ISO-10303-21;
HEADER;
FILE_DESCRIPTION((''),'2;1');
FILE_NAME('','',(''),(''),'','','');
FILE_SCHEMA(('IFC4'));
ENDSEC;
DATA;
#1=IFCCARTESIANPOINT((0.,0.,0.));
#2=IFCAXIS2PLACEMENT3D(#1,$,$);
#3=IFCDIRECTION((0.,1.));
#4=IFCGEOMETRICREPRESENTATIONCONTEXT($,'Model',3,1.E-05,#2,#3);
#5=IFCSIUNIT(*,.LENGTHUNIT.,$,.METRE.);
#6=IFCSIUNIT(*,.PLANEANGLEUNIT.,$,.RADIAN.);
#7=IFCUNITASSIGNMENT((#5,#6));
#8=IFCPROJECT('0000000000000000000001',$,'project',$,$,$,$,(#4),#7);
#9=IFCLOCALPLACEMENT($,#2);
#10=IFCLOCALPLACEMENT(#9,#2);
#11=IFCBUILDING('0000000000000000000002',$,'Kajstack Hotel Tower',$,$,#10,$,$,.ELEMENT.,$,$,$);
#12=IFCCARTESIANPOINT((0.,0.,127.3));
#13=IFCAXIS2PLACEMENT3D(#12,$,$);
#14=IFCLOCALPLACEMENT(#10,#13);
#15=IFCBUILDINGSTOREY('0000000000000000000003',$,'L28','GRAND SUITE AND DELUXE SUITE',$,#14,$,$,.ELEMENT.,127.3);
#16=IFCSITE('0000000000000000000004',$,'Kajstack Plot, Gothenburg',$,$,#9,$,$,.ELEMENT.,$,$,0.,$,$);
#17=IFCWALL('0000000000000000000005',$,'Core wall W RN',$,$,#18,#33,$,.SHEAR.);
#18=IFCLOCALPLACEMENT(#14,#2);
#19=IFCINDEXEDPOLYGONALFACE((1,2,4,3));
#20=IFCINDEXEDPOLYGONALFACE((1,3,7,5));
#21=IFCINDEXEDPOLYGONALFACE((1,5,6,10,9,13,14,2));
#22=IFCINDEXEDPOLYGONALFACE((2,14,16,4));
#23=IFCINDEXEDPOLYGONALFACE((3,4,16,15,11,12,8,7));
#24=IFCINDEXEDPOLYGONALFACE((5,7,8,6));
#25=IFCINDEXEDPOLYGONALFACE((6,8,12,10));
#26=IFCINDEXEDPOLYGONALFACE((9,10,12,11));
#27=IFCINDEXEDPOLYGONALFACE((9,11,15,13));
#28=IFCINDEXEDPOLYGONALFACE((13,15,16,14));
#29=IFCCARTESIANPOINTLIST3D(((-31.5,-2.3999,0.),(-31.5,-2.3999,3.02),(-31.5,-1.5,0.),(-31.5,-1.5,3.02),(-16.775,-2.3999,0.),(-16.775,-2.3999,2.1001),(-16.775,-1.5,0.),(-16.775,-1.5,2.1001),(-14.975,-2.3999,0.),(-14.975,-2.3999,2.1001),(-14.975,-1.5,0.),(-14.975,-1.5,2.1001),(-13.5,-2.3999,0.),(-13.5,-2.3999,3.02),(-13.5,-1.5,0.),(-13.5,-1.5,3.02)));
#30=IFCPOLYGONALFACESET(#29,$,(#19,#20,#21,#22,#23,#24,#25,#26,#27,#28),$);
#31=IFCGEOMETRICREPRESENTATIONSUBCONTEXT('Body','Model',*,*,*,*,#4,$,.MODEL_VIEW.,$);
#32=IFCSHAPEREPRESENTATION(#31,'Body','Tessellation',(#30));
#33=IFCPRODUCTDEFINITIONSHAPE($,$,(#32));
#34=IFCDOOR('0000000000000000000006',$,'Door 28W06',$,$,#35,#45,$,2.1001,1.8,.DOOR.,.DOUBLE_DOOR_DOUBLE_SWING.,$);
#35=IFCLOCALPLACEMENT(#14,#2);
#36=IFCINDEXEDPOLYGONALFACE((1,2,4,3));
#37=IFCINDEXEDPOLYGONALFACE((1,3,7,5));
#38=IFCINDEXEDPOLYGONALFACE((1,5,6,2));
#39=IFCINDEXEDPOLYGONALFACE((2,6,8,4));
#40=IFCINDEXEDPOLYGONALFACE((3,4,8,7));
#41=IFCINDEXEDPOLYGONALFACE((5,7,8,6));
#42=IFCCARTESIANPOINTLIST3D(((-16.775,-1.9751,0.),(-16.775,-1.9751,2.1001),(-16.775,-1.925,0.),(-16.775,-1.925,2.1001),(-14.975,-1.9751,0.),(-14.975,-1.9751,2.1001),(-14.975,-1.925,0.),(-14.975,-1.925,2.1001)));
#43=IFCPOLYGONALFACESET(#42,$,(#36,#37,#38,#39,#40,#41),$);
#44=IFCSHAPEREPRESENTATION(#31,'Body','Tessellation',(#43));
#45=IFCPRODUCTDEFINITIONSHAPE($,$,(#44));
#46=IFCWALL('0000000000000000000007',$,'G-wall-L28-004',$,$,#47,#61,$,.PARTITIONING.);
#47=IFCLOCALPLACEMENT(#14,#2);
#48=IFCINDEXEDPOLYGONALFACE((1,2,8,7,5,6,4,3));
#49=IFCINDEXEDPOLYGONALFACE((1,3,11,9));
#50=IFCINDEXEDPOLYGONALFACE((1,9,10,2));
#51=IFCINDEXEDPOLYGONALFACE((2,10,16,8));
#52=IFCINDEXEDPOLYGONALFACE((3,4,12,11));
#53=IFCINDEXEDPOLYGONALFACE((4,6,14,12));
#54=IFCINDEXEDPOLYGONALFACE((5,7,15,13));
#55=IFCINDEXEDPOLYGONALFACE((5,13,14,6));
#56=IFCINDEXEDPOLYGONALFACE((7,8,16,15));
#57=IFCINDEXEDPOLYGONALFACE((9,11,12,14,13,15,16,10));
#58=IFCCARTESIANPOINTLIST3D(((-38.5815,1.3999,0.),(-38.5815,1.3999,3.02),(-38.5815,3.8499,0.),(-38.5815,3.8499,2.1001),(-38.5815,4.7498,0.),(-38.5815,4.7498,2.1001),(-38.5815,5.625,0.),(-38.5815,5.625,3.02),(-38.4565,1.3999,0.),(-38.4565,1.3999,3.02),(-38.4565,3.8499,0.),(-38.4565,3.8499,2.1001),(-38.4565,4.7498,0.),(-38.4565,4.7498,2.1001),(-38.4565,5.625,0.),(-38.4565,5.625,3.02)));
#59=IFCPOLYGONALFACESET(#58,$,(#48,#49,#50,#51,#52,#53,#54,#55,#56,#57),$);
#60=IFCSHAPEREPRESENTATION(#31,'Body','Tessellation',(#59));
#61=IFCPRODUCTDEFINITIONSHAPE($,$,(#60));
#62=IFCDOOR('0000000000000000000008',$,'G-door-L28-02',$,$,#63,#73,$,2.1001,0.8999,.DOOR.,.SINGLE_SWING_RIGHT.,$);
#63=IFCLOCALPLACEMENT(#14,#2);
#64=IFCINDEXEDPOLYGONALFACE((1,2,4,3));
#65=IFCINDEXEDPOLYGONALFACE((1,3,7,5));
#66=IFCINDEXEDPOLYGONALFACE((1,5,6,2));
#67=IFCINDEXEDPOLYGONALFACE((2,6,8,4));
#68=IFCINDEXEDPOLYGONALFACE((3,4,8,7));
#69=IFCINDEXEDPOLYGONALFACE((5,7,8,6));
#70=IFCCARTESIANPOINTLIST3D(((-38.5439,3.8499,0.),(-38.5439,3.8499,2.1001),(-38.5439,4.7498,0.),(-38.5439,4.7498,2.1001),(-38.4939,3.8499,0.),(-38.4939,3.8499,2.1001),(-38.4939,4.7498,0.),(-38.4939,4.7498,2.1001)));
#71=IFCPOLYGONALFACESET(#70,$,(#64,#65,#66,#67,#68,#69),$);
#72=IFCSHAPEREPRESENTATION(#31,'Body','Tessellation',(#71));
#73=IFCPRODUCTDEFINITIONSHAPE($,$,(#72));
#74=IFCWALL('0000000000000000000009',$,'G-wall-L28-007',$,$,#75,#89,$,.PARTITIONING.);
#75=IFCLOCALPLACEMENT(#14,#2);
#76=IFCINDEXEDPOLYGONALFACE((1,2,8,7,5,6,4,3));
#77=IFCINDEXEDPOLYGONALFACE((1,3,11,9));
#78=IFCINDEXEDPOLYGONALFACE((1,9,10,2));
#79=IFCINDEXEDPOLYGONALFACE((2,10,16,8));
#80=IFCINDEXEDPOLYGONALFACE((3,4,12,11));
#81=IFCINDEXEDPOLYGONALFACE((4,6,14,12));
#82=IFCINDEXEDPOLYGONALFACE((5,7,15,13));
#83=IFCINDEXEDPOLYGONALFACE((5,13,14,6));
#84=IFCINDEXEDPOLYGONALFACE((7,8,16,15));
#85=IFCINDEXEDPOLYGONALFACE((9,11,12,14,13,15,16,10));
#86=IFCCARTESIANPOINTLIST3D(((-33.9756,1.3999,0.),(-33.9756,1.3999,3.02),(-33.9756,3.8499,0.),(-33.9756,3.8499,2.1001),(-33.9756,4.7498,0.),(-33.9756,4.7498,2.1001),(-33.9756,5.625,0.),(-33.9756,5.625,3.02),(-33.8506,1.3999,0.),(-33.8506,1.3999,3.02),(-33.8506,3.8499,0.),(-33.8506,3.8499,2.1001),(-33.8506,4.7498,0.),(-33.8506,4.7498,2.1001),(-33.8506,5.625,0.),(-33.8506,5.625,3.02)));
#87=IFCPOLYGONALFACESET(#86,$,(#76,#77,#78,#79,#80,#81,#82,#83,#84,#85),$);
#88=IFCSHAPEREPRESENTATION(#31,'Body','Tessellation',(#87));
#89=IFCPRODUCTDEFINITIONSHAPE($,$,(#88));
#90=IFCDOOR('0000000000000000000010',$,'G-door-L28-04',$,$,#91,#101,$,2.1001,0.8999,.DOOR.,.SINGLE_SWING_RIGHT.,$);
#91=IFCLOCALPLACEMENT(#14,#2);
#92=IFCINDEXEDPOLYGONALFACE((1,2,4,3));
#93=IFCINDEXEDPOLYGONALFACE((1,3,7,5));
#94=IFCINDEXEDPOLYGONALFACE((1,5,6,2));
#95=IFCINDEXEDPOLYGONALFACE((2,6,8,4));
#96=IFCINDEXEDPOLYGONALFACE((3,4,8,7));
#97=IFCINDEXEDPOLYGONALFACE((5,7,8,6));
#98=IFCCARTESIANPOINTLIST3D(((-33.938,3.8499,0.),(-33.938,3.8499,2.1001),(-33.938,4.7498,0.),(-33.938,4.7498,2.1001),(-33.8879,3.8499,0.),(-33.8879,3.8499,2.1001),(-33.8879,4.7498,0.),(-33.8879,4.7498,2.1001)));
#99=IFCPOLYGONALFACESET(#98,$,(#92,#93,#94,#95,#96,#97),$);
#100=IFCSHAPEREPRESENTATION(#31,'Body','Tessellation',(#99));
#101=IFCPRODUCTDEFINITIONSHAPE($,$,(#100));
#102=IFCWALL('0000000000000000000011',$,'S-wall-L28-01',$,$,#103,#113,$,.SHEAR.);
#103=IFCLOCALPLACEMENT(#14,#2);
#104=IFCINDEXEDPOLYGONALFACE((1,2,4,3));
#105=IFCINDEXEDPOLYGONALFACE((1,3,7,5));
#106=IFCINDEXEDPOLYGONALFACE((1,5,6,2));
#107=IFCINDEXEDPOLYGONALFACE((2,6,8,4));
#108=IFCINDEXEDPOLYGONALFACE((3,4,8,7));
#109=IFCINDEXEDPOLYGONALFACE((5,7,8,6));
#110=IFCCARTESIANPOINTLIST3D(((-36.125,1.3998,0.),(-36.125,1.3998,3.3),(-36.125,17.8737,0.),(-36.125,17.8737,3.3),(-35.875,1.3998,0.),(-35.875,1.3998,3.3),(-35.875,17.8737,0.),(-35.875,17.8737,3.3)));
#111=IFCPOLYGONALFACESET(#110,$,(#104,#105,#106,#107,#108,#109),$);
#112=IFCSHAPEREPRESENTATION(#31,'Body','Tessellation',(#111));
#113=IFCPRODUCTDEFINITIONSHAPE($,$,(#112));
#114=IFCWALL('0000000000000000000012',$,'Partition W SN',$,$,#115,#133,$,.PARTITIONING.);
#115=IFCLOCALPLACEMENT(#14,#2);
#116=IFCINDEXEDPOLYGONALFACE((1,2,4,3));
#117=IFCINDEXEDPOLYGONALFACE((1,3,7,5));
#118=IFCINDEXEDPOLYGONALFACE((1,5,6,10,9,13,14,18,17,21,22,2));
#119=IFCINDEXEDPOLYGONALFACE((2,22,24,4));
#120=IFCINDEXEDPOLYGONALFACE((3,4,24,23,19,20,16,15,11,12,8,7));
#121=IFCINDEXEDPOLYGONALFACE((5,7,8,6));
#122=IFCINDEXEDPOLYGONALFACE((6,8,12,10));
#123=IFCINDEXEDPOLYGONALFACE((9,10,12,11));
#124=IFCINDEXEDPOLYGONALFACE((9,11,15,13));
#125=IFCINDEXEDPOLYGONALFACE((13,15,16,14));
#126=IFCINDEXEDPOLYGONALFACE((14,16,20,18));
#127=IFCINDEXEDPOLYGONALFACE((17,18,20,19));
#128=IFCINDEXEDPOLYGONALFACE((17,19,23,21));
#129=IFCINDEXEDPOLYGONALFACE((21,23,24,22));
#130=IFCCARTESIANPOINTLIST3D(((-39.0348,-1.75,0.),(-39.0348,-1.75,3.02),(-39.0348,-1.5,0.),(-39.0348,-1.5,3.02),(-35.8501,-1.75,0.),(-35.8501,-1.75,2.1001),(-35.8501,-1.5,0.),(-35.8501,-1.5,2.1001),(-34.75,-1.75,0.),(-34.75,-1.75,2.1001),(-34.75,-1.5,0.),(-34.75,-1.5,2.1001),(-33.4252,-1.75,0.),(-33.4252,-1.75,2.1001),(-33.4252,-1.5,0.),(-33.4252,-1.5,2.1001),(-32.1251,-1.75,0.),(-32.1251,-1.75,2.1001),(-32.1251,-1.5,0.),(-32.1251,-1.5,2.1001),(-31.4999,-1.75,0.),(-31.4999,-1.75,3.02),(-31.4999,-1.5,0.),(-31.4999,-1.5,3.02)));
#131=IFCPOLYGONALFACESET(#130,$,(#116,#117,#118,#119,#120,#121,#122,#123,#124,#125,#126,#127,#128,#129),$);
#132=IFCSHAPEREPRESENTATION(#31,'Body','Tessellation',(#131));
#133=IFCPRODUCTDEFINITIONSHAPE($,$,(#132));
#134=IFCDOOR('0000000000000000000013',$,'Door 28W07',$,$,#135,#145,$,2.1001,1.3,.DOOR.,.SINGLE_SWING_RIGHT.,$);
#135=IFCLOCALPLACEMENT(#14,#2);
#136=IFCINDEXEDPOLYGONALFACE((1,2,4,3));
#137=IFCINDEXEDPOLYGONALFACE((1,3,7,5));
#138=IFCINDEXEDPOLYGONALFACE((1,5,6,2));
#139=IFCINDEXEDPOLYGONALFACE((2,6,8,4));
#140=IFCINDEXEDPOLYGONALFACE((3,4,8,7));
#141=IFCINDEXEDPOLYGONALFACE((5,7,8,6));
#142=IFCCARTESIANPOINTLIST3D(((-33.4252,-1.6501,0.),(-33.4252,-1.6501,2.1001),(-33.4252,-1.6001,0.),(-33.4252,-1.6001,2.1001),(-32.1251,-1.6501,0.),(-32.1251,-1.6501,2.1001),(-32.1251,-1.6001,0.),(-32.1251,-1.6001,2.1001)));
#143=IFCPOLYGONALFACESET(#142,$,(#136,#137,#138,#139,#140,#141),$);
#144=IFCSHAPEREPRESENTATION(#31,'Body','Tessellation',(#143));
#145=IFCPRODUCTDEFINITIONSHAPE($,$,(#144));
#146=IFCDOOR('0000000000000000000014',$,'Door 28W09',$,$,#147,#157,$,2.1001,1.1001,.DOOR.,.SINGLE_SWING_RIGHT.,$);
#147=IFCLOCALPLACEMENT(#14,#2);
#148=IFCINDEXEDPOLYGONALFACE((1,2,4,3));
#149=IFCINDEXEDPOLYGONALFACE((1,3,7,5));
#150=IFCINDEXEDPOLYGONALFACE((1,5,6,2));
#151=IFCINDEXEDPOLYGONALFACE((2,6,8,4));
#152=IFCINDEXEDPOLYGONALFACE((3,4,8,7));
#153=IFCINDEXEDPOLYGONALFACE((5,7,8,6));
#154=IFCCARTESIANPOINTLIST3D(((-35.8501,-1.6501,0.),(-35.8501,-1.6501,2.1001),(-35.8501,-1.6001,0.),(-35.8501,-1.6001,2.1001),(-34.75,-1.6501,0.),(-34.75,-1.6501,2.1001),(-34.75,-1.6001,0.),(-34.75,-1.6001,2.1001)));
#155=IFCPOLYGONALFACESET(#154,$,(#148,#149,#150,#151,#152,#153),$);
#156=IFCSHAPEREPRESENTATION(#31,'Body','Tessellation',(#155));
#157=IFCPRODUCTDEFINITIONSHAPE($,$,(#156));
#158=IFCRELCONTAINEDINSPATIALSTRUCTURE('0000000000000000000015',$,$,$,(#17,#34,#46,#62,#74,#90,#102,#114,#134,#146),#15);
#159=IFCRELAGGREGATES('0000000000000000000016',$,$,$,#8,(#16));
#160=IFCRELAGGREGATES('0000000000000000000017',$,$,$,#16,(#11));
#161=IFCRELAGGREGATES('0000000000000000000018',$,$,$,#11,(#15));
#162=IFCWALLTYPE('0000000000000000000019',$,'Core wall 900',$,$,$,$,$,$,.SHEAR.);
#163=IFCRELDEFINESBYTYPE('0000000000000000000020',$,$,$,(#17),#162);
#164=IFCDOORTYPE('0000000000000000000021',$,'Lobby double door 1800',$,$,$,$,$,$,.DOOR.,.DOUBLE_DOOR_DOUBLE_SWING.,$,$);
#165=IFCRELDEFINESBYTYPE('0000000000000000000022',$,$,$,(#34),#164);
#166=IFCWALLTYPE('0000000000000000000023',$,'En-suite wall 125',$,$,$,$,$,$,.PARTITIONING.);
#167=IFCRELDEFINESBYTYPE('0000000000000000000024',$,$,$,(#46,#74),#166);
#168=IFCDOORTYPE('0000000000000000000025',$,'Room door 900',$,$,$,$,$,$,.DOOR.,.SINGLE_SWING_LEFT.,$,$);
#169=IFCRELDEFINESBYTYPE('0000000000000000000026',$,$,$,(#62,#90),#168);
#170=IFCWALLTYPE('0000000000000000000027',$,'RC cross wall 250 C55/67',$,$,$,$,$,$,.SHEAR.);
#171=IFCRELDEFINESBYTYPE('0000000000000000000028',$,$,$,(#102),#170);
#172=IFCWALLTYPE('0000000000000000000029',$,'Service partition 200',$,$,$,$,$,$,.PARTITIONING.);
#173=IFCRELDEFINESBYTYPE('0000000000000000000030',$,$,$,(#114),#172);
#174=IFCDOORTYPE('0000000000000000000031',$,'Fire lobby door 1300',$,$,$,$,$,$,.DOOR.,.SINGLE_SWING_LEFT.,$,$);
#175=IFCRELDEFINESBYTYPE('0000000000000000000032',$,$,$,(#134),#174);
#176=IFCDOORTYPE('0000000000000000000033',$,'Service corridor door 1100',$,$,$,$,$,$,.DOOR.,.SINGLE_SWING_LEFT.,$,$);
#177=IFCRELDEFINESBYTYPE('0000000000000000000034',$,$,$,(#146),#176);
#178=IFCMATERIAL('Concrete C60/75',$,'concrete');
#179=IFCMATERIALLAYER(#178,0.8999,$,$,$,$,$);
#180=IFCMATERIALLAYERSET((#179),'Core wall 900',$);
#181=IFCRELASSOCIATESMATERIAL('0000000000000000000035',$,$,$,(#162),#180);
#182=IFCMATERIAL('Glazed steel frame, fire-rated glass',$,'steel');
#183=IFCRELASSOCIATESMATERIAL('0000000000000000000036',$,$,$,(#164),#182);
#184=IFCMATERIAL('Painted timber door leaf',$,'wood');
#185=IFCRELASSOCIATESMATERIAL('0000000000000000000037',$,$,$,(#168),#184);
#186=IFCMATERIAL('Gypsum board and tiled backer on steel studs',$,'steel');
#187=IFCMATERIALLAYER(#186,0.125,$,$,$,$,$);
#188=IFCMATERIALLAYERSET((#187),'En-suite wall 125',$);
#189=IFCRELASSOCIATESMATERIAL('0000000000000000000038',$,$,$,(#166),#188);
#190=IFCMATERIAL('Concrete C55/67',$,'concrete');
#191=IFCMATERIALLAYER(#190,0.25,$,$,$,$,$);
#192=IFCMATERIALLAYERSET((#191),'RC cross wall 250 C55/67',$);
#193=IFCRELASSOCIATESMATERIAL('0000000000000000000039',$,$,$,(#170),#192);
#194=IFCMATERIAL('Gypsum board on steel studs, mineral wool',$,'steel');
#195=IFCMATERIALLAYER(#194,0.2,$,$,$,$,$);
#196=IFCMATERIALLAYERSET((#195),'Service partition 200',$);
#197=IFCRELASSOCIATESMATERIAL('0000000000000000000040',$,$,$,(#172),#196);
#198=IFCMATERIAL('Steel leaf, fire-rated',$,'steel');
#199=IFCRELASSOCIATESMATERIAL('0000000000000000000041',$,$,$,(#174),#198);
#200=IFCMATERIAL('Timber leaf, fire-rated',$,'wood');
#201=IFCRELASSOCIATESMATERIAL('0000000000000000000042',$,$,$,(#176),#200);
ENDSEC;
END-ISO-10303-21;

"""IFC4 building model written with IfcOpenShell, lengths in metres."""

from ifc_helpers import new_model, si_unit, direction, frame, frame_2d, origin, place, context, subcontext, project, spatial, rectangle, extrude, material, layer, layer_set, type_object, element, fill, save


model = new_model("IFC4")

# Units and contexts
model_context = context("Model", 3, precision=1e-05, world=origin(), true_north=direction((0.0, 1.0)))
body_context = subcontext(model_context, "Body", "Model", "MODEL_VIEW")
ifc_project = project(units=[si_unit("LENGTHUNIT", "METRE"), si_unit("PLANEANGLEUNIT", "RADIAN")], contexts=[model_context])

# Site, building, storey
site_placement = place(None, origin())
site = spatial("IfcSite", under=ifc_project, at=site_placement, Name="Kajstack Plot, Gothenburg", CompositionType="ELEMENT", RefElevation=0.0)
building_placement = place(site_placement, origin())
building = spatial("IfcBuilding", under=site, at=building_placement, Name="Kajstack Hotel Tower", CompositionType="ELEMENT")
storey_placement = place(building_placement, frame((0.0, 0.0, 127.3)))
storey = spatial("IfcBuildingStorey", under=building, at=storey_placement, Name="L28", Description="GRAND SUITE AND DELUXE SUITE", CompositionType="ELEMENT", Elevation=127.3)

# Wall, opening, door
ifc_material_1 = material(Name="Concrete C60/75", Category="concrete")
ifc_layer_1 = layer(ifc_material_1, 0.8999)
ifc_layer_set_1 = layer_set([ifc_layer_1], Name="Core wall 900")
wall_type_1 = type_object("IfcWallType", Name="Core wall 900", PredefinedType="SHEAR", material=ifc_layer_set_1)
wall_1_placement = place(storey_placement, frame((-31.5, -1.95, 0.0), z_axis=(0.0, 0.0, 1.0), x_axis=(1.0, 0.0, 0.0)))
wall_1 = element("IfcWall", 1, at=wall_1_placement, inside=storey, type_object=wall_type_1, Name="Core wall W RN", PredefinedType="SHEAR", context=body_context, shape_type="SweptSolid", body=[
    extrude(rectangle(XDim=18.0, YDim=0.8999, at=frame_2d((9.0, 0.0))), origin(), (0.0, 0.0, 1.0), 3.02),
])
opening_1_placement = place(wall_1_placement, frame((14.7251, 0.0, 0.0)))
opening_1 = element("IfcOpeningElement", 2, at=opening_1_placement, cuts=wall_1, PredefinedType="OPENING", context=body_context, shape_type="SweptSolid", body=[
    extrude(rectangle(XDim=1.8, YDim=2.1001, at=frame_2d((0.8999, 1.05))), frame((0.0, 0.46, 0.0), z_axis=(0.0, -1.0, 0.0), x_axis=(1.0, 0.0, 0.0)), (0.0, 0.0, 1.0), 0.9199),
])
ifc_material_2 = material(Name="Glazed steel frame, fire-rated glass", Category="steel")
door_type_1 = type_object("IfcDoorType", Name="Lobby double door 1800", OperationType="DOUBLE_DOOR_DOUBLE_SWING", PredefinedType="DOOR", material=ifc_material_2)
door_1_placement = place(opening_1_placement, origin())
door_1 = element("IfcDoor", 3, at=door_1_placement, inside=storey, type_object=door_type_1, Name="Door 28W06", OperationType="DOUBLE_DOOR_DOUBLE_SWING", OverallHeight=2.1001, OverallWidth=1.8, PredefinedType="DOOR", context=body_context, shape_type="SweptSolid", body=[
    extrude(rectangle(XDim=1.8, YDim=2.1001, at=frame_2d((0.8999, 1.05))), frame((0.0, 0.0249, 0.0), z_axis=(0.0, -1.0, 0.0), x_axis=(1.0, 0.0, 0.0)), (0.0, 0.0, 1.0), 0.05),
])
fill(opening_1, door_1)

# Shared definitions
ifc_material_3 = material(Name="Gypsum board on steel studs, mineral wool", Category="steel")
ifc_material_4 = material(Name="Painted timber door leaf", Category="wood")
door_type_2 = type_object("IfcDoorType", Name="Room door 900", OperationType="SINGLE_SWING_LEFT", PredefinedType="DOOR", material=ifc_material_4)

# Walls, openings, doors
ifc_material_5 = material(Name="Gypsum board and tiled backer on steel studs", Category="steel")
ifc_layer_2 = layer(ifc_material_5, 0.125)
ifc_layer_set_2 = layer_set([ifc_layer_2], Name="En-suite wall 125")
wall_type_2 = type_object("IfcWallType", Name="En-suite wall 125", PredefinedType="PARTITIONING", material=ifc_layer_set_2)
wall_2_placement = place(storey_placement, frame((-38.519, 1.3999, 0.0), z_axis=(0.0, 0.0, 1.0), x_axis=(0.0, 1.0, 0.0)))
wall_2 = element("IfcWall", 4, at=wall_2_placement, inside=storey, type_object=wall_type_2, Name="G-wall-L28-004", PredefinedType="PARTITIONING", context=body_context, shape_type="SweptSolid", body=[
    extrude(rectangle(XDim=4.2251, YDim=0.125, at=frame_2d((2.1125, 0.0))), origin(), (0.0, 0.0, 1.0), 3.02),
])
opening_2_placement = place(wall_2_placement, frame((2.45, 0.0, 0.0)))
opening_2 = element("IfcOpeningElement", 5, at=opening_2_placement, cuts=wall_2, PredefinedType="OPENING", context=body_context, shape_type="SweptSolid", body=[
    extrude(rectangle(XDim=0.8999, YDim=2.1001, at=frame_2d((0.45, 1.05))), frame((0.0, 0.0725, 0.0), z_axis=(0.0, -1.0, 0.0), x_axis=(1.0, 0.0, 0.0)), (0.0, 0.0, 1.0), 0.145),
])
door_2_placement = place(opening_2_placement, origin())
door_2 = element("IfcDoor", 6, at=door_2_placement, inside=storey, type_object=door_type_2, Name="G-door-L28-02", OperationType="SINGLE_SWING_RIGHT", OverallHeight=2.1001, OverallWidth=0.8999, PredefinedType="DOOR", context=body_context, shape_type="SweptSolid", body=[
    extrude(rectangle(XDim=0.8999, YDim=2.1001, at=frame_2d((0.45, 1.05))), frame((0.0, 0.0249, 0.0), z_axis=(0.0, -1.0, 0.0), x_axis=(1.0, 0.0, 0.0)), (0.0, 0.0, 1.0), 0.05),
])
fill(opening_2, door_2)
wall_3_placement = place(storey_placement, frame((-33.9131, 1.3999, 0.0), z_axis=(0.0, 0.0, 1.0), x_axis=(0.0, 1.0, 0.0)))
wall_3 = element("IfcWall", 7, at=wall_3_placement, inside=storey, type_object=wall_type_2, Name="G-wall-L28-007", PredefinedType="PARTITIONING", context=body_context, shape_type="SweptSolid", body=[
    extrude(rectangle(XDim=4.2251, YDim=0.125, at=frame_2d((2.1125, 0.0))), origin(), (0.0, 0.0, 1.0), 3.02),
])
opening_3_placement = place(wall_3_placement, frame((2.45, 0.0, 0.0)))
opening_3 = element("IfcOpeningElement", 8, at=opening_3_placement, cuts=wall_3, PredefinedType="OPENING", context=body_context, shape_type="SweptSolid", body=[
    extrude(rectangle(XDim=0.8999, YDim=2.1001, at=frame_2d((0.45, 1.05))), frame((0.0, 0.0725, 0.0), z_axis=(0.0, -1.0, 0.0), x_axis=(1.0, 0.0, 0.0)), (0.0, 0.0, 1.0), 0.145),
])
door_3_placement = place(opening_3_placement, origin())
door_3 = element("IfcDoor", 9, at=door_3_placement, inside=storey, type_object=door_type_2, Name="G-door-L28-04", OperationType="SINGLE_SWING_RIGHT", OverallHeight=2.1001, OverallWidth=0.8999, PredefinedType="DOOR", context=body_context, shape_type="SweptSolid", body=[
    extrude(rectangle(XDim=0.8999, YDim=2.1001, at=frame_2d((0.45, 1.05))), frame((0.0, 0.0249, 0.0), z_axis=(0.0, -1.0, 0.0), x_axis=(1.0, 0.0, 0.0)), (0.0, 0.0, 1.0), 0.05),
])
fill(opening_3, door_3)

# Wall
ifc_material_6 = material(Name="Concrete C55/67", Category="concrete")
ifc_layer_3 = layer(ifc_material_6, 0.25)
ifc_layer_set_3 = layer_set([ifc_layer_3], Name="RC cross wall 250 C55/67")
wall_type_3 = type_object("IfcWallType", Name="RC cross wall 250 C55/67", PredefinedType="SHEAR", material=ifc_layer_set_3)
wall_4_placement = place(storey_placement, frame((-36.0, 1.3999, 0.0), z_axis=(0.0, 0.0, 1.0), x_axis=(0.0, 1.0, 0.0)))
element("IfcWall", 10, at=wall_4_placement, inside=storey, type_object=wall_type_3, Name="S-wall-L28-01", PredefinedType="SHEAR", context=body_context, shape_type="SweptSolid", body=[
    extrude(rectangle(XDim=16.4739, YDim=0.25, at=frame_2d((8.2368, 0.0))), origin(), (0.0, 0.0, 1.0), 3.3),
])

# Wall, openings, doors
ifc_layer_4 = layer(ifc_material_3, 0.2)
ifc_layer_set_4 = layer_set([ifc_layer_4], Name="Service partition 200")
wall_type_4 = type_object("IfcWallType", Name="Service partition 200", PredefinedType="PARTITIONING", material=ifc_layer_set_4)
wall_5_placement = place(storey_placement, frame((-39.0349, -1.625, 0.0), z_axis=(0.0, 0.0, 1.0), x_axis=(1.0, 0.0, 0.0)))
wall_5 = element("IfcWall", 11, at=wall_5_placement, inside=storey, type_object=wall_type_4, Name="Partition W SN", PredefinedType="PARTITIONING", context=body_context, shape_type="SweptSolid", body=[
    extrude(rectangle(XDim=7.5349, YDim=0.25, at=frame_2d((3.7676, 0.0))), origin(), (0.0, 0.0, 1.0), 3.02),
])
opening_4_placement = place(wall_5_placement, frame((5.6099, 0.0, 0.0)))
opening_4 = element("IfcOpeningElement", 12, at=opening_4_placement, cuts=wall_5, PredefinedType="OPENING", context=body_context, shape_type="SweptSolid", body=[
    extrude(rectangle(XDim=1.3, YDim=2.1001, at=frame_2d((0.6499, 1.05))), frame((0.0, 0.135, 0.0), z_axis=(0.0, -1.0, 0.0), x_axis=(1.0, 0.0, 0.0)), (0.0, 0.0, 1.0), 0.27),
])
opening_5_placement = place(wall_5_placement, frame((3.1848, 0.0, 0.0)))
opening_5 = element("IfcOpeningElement", 13, at=opening_5_placement, cuts=wall_5, PredefinedType="OPENING", context=body_context, shape_type="SweptSolid", body=[
    extrude(rectangle(XDim=1.1001, YDim=2.1001, at=frame_2d((0.55, 1.05))), frame((0.0, 0.135, 0.0), z_axis=(0.0, -1.0, 0.0), x_axis=(1.0, 0.0, 0.0)), (0.0, 0.0, 1.0), 0.27),
])
ifc_material_7 = material(Name="Steel leaf, fire-rated", Category="steel")
door_type_3 = type_object("IfcDoorType", Name="Fire lobby door 1300", OperationType="SINGLE_SWING_LEFT", PredefinedType="DOOR", material=ifc_material_7)
door_4_placement = place(opening_4_placement, origin())
door_4 = element("IfcDoor", 14, at=door_4_placement, inside=storey, type_object=door_type_3, Name="Door 28W07", OperationType="SINGLE_SWING_RIGHT", OverallHeight=2.1001, OverallWidth=1.3, PredefinedType="DOOR", context=body_context, shape_type="SweptSolid", body=[
    extrude(rectangle(XDim=1.3, YDim=2.1001, at=frame_2d((0.6499, 1.05))), frame((0.0, 0.0249, 0.0), z_axis=(0.0, -1.0, 0.0), x_axis=(1.0, 0.0, 0.0)), (0.0, 0.0, 1.0), 0.05),
])
fill(opening_4, door_4)
ifc_material_8 = material(Name="Timber leaf, fire-rated", Category="wood")
door_type_4 = type_object("IfcDoorType", Name="Service corridor door 1100", OperationType="SINGLE_SWING_LEFT", PredefinedType="DOOR", material=ifc_material_8)
door_5_placement = place(opening_5_placement, origin())
door_5 = element("IfcDoor", 15, at=door_5_placement, inside=storey, type_object=door_type_4, Name="Door 28W09", OperationType="SINGLE_SWING_RIGHT", OverallHeight=2.1001, OverallWidth=1.1001, PredefinedType="DOOR", context=body_context, shape_type="SweptSolid", body=[
    extrude(rectangle(XDim=1.1001, YDim=2.1001, at=frame_2d((0.55, 1.05))), frame((0.0, 0.0249, 0.0), z_axis=(0.0, -1.0, 0.0), x_axis=(1.0, 0.0, 0.0)), (0.0, 0.0, 1.0), 0.05),
])
fill(opening_5, door_5)

save(model, "model.ifc")
